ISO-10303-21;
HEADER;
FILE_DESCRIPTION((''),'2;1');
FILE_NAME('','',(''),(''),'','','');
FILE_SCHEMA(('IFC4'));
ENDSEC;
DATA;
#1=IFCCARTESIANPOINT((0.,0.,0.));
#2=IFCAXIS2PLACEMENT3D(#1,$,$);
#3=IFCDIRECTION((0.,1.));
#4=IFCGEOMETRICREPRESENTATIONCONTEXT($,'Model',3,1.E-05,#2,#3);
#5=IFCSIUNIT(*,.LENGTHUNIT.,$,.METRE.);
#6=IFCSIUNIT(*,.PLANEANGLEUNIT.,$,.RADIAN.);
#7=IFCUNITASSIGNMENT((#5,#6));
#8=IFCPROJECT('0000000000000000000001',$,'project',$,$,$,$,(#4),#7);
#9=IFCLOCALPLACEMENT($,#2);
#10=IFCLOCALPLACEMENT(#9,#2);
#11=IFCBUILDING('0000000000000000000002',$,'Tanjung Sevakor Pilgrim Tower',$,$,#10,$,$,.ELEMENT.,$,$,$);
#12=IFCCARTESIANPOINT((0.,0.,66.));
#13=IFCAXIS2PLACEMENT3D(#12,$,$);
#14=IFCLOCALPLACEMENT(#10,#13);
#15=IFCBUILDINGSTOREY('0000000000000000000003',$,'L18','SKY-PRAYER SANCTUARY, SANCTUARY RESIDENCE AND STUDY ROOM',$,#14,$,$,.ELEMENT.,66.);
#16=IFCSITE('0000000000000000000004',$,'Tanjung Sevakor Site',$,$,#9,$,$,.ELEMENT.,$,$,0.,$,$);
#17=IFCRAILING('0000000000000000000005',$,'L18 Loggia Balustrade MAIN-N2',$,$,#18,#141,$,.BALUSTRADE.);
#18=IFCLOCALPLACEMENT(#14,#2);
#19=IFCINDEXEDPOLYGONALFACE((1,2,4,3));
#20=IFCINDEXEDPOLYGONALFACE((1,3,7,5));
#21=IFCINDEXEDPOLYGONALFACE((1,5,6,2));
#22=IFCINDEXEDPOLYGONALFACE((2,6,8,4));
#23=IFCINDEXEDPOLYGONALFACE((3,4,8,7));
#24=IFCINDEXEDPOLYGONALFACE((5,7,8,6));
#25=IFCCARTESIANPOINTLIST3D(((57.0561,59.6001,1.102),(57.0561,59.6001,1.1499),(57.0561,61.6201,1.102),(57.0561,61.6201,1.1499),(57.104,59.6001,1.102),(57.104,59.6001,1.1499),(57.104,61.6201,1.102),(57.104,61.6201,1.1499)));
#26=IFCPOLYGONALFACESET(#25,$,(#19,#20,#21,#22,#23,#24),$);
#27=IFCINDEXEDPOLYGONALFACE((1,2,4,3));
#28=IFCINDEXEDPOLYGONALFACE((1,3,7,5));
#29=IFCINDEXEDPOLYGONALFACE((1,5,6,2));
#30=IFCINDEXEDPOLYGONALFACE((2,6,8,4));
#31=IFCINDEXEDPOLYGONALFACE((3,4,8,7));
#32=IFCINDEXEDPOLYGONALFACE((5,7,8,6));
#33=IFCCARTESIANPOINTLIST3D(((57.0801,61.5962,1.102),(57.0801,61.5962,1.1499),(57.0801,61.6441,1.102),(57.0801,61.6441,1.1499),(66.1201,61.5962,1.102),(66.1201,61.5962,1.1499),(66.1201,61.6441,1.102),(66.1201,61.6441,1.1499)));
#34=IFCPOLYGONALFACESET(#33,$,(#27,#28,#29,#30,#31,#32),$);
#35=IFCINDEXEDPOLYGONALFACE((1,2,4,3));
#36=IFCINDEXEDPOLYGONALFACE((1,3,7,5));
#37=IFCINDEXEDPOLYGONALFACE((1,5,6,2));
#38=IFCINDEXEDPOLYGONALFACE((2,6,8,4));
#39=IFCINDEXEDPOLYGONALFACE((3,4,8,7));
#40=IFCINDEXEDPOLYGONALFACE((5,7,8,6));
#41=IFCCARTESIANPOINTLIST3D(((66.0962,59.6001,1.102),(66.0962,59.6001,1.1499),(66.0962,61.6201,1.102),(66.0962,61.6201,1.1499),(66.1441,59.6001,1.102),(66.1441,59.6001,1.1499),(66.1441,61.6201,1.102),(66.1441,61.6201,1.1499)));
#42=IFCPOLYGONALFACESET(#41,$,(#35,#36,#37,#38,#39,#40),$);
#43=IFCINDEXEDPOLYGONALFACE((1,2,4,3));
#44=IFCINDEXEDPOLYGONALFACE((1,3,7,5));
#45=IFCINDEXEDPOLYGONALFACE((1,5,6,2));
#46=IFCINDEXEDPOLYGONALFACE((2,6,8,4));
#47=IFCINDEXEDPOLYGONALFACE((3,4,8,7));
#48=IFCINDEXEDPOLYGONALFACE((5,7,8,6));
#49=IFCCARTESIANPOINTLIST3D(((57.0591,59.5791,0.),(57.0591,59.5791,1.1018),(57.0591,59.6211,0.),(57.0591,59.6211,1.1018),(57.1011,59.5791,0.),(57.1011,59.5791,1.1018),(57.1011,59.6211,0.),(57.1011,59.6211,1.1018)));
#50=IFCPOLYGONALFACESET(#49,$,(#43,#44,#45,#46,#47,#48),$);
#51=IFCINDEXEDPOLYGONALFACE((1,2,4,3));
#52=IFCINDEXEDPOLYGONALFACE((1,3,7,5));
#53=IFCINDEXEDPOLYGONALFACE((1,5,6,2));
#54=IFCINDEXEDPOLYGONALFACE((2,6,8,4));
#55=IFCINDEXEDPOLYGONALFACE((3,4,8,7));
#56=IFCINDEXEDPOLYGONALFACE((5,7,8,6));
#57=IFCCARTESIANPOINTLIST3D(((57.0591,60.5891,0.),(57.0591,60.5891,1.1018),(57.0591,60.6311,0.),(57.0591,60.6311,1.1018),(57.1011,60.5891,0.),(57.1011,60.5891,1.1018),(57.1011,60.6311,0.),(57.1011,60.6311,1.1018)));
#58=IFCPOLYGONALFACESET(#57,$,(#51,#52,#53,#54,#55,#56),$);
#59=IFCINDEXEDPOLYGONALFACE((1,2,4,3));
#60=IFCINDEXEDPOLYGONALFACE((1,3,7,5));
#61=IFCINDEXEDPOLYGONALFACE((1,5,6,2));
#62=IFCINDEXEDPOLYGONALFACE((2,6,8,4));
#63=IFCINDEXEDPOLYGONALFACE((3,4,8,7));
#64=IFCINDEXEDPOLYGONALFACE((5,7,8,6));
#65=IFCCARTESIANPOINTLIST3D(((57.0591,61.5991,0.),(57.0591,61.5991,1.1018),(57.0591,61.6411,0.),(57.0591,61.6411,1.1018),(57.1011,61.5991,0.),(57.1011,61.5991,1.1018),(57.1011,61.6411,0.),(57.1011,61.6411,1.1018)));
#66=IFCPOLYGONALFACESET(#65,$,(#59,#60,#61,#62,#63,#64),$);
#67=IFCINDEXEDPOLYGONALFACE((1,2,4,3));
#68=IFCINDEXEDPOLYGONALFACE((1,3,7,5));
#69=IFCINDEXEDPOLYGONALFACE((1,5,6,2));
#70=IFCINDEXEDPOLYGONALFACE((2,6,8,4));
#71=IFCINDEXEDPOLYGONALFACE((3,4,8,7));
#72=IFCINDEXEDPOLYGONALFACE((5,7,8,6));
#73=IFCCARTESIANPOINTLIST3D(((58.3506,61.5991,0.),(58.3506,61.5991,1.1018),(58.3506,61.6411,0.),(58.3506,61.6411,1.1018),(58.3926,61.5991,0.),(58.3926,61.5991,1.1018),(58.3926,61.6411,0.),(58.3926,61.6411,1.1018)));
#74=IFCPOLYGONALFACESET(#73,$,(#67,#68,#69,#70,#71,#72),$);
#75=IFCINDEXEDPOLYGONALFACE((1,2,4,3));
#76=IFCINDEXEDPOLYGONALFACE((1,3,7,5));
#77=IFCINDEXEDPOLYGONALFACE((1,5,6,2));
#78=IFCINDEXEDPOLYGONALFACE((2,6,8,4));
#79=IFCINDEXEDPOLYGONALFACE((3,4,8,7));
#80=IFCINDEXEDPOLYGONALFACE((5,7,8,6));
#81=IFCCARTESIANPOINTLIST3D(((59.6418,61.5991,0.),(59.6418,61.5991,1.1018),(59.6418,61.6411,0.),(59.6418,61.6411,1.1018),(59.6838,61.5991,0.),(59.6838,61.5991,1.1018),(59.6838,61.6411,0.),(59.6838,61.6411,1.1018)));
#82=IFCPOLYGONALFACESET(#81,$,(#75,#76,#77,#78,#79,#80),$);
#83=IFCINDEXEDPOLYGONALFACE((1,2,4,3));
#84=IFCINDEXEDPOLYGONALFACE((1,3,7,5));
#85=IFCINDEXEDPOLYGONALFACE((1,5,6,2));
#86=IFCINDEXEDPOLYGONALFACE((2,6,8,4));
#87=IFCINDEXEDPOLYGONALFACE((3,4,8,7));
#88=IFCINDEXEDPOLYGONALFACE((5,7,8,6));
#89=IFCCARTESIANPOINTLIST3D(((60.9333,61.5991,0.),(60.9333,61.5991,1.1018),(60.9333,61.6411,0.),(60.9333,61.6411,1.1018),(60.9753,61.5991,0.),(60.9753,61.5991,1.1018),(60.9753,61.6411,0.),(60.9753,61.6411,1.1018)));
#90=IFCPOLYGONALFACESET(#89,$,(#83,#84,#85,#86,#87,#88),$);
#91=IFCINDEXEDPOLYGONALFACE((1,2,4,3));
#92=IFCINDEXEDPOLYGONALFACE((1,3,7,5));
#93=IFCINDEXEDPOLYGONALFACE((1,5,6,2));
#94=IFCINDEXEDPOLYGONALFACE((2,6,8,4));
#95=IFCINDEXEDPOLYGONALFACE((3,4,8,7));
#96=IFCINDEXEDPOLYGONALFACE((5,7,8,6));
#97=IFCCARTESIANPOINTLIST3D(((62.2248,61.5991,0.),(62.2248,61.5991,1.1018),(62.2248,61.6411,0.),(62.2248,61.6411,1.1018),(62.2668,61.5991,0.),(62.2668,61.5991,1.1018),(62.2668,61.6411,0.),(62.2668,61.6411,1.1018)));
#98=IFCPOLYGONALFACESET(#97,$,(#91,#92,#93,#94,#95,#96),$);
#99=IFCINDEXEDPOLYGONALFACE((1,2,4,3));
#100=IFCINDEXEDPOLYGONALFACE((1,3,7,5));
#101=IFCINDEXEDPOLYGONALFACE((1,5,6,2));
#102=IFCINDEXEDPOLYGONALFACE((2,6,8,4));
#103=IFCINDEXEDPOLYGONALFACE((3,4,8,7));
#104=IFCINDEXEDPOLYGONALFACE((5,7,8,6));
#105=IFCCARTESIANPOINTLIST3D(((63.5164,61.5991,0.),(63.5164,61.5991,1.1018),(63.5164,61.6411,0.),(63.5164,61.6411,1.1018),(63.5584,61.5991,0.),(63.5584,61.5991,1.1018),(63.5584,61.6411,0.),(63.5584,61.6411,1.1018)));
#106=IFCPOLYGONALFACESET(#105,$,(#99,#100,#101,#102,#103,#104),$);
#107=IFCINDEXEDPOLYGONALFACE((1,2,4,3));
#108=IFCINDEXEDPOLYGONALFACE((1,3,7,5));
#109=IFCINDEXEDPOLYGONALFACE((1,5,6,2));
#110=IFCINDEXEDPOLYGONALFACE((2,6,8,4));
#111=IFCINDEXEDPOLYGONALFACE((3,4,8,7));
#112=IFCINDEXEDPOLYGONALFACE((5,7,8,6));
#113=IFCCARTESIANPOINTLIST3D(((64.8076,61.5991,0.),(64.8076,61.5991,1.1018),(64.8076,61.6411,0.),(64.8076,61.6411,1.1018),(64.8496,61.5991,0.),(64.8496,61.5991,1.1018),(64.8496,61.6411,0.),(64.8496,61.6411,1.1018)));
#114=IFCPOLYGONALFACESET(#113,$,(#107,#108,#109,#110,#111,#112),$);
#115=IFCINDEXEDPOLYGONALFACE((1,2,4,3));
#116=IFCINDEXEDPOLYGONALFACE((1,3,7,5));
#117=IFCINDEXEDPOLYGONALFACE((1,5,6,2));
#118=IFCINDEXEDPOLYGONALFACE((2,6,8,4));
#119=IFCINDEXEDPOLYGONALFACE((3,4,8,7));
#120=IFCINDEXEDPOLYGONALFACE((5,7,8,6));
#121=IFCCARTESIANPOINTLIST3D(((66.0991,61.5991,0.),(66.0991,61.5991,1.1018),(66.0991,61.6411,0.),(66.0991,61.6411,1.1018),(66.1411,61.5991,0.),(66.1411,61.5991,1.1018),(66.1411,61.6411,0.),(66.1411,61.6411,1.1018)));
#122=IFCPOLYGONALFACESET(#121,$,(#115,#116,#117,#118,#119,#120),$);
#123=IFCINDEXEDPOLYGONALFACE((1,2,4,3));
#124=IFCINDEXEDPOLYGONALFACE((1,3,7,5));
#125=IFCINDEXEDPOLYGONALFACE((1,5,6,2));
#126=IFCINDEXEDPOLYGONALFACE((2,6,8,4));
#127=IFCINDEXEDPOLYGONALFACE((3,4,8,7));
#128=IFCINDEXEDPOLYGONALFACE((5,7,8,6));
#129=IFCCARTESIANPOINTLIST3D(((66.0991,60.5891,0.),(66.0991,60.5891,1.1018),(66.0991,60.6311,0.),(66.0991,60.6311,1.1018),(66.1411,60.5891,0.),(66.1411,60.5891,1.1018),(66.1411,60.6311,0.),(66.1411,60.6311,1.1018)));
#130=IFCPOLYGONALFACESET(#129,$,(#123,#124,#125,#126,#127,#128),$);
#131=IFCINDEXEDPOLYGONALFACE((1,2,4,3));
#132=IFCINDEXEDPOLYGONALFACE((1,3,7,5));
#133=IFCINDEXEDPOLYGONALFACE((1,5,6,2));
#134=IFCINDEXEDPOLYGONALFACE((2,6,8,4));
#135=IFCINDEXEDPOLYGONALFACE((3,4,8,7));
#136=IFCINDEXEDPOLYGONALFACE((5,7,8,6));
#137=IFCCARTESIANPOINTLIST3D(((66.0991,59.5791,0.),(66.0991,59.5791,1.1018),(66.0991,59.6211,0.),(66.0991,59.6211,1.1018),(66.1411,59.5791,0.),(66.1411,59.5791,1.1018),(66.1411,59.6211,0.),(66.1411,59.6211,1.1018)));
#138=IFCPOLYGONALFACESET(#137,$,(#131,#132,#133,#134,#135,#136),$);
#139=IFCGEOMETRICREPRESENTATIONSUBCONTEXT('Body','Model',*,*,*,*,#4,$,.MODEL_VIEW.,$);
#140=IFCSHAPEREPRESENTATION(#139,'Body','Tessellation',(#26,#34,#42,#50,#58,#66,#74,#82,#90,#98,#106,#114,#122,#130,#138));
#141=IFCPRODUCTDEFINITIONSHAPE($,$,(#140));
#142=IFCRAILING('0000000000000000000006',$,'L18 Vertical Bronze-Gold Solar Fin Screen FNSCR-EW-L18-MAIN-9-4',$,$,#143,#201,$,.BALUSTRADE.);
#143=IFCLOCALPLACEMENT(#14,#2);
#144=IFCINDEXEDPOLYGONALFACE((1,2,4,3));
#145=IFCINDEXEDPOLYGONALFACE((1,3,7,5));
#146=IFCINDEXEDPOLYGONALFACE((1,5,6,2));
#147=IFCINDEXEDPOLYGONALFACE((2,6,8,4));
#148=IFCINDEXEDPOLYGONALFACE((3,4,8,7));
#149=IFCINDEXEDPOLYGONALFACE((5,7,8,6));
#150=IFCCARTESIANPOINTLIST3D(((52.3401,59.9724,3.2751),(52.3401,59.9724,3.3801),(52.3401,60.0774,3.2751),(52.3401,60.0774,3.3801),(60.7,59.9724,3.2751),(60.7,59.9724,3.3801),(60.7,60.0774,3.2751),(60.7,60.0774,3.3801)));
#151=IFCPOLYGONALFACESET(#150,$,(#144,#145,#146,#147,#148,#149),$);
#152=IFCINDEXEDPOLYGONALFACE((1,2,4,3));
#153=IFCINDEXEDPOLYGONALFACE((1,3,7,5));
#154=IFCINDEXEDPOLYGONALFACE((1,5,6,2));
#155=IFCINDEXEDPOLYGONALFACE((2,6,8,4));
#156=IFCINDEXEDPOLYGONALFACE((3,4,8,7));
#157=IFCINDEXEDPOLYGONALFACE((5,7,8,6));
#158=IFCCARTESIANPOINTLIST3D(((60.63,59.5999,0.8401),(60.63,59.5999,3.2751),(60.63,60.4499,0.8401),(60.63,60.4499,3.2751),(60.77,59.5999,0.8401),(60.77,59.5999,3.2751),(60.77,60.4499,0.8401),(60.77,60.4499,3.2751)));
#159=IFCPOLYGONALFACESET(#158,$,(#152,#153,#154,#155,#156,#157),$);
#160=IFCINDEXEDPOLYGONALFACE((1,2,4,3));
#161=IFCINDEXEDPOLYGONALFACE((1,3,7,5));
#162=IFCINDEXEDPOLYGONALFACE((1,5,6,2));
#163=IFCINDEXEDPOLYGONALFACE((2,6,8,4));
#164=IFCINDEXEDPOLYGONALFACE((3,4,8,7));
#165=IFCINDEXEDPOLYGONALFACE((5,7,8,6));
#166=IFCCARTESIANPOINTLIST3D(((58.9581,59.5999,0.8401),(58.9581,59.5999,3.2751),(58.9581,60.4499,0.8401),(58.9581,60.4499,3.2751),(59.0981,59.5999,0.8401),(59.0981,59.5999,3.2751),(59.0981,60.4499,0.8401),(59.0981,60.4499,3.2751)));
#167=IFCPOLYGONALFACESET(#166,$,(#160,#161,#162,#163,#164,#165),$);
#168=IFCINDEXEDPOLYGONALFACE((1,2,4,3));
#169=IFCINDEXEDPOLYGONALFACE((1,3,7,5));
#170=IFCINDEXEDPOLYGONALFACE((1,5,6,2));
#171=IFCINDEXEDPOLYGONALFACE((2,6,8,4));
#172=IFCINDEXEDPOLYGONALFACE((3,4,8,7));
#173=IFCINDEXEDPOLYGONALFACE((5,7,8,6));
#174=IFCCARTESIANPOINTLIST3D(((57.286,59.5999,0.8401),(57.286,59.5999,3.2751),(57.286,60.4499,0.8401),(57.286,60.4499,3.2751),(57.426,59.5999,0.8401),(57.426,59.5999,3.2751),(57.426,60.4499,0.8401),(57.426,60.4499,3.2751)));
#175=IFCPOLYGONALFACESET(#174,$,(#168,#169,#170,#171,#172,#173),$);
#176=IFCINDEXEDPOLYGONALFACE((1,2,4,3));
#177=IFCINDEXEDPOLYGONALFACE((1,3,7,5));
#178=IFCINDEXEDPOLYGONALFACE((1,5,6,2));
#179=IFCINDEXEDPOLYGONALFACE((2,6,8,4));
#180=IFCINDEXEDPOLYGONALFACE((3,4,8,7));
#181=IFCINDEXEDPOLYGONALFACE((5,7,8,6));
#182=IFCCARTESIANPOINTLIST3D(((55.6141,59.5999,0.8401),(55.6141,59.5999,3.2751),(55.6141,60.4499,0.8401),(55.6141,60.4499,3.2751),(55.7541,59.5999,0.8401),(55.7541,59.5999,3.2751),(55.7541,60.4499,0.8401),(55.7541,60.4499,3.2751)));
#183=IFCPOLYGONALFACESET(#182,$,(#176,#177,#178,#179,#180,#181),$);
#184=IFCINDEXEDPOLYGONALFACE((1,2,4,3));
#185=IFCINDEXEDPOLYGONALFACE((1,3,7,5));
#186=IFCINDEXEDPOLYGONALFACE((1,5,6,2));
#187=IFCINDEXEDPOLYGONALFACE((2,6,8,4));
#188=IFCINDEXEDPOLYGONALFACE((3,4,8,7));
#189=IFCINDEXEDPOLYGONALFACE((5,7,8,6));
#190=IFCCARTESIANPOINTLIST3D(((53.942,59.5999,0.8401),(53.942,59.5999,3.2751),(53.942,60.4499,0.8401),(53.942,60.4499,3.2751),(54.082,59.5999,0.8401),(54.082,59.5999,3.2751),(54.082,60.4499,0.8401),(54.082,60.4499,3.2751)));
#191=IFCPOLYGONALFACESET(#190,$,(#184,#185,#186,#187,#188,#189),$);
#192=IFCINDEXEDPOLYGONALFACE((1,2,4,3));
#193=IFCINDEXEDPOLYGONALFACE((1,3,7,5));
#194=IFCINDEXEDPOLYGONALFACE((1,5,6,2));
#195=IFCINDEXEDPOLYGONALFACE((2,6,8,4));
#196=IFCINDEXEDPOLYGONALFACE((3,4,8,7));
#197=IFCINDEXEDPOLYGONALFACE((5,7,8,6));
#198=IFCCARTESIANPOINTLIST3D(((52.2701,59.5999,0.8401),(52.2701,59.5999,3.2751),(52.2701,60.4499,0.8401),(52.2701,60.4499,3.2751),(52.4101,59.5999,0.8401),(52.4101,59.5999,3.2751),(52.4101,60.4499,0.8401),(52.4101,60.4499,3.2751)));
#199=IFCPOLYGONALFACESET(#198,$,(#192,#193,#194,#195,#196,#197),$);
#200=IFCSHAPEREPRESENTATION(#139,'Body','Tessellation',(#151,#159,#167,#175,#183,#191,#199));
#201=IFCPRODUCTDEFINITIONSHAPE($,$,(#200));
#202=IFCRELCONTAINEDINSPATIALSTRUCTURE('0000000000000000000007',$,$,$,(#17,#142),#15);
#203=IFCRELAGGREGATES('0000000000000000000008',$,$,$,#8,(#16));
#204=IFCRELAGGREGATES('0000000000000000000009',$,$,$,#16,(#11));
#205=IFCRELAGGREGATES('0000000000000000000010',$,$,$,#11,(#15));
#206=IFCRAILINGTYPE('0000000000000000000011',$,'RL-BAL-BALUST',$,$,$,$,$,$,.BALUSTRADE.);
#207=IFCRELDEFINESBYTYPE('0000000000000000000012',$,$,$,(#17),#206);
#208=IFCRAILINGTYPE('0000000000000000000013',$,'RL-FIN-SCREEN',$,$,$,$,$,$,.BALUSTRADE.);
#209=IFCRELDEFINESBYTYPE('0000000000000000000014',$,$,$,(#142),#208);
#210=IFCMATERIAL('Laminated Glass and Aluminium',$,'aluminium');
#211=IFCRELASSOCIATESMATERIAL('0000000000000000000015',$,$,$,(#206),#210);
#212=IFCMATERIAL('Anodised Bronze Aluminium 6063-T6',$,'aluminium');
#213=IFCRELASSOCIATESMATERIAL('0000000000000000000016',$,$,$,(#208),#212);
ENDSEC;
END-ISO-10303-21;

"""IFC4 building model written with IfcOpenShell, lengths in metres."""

from ifc_helpers import new_model, si_unit, direction, frame, origin, place, context, subcontext, project, spatial, rectangle, extrude, material, type_object, element, save


model = new_model("IFC4")

# Units and contexts
model_context = context("Model", 3, precision=1e-05, world=origin(), true_north=direction((0.0, 1.0)))
body_context = subcontext(model_context, "Body", "Model", "MODEL_VIEW")
ifc_project = project(units=[si_unit("LENGTHUNIT", "METRE"), si_unit("PLANEANGLEUNIT", "RADIAN")], contexts=[model_context])

# Site, building, storey
site_placement = place(None, origin())
site = spatial("IfcSite", under=ifc_project, at=site_placement, Name="Tanjung Sevakor Site", CompositionType="ELEMENT", RefElevation=0.0)
building_placement = place(site_placement, origin())
building = spatial("IfcBuilding", under=site, at=building_placement, Name="Tanjung Sevakor Pilgrim Tower", CompositionType="ELEMENT")
storey_placement = place(building_placement, frame((0.0, 0.0, 66.0)))
storey = spatial("IfcBuildingStorey", under=building, at=storey_placement, Name="L18", Description="SKY-PRAYER SANCTUARY, SANCTUARY RESIDENCE AND STUDY ROOM", CompositionType="ELEMENT", Elevation=66.0)

# Railings
ifc_material_1 = material(Name="Laminated Glass and Aluminium", Category="aluminium")
railing_type_1 = type_object("IfcRailingType", Name="RL-BAL-BALUST", PredefinedType="BALUSTRADE", material=ifc_material_1)
railing_1_placement = place(storey_placement, frame((57.0801, 59.6001, 0.0)))
element("IfcRailing", 1, at=railing_1_placement, inside=storey, type_object=railing_type_1, Name="L18 Loggia Balustrade MAIN-N2", PredefinedType="BALUSTRADE", context=body_context, shape_type="SweptSolid", body=[
    extrude(rectangle(XDim=0.0479, YDim=0.0479), frame((0.0, 0.0, 1.126), z_axis=(0.0, 1.0, 0.0), x_axis=(-1.0, 0.0, 0.0)), (0.0, 0.0, 1.0), 2.02),
    extrude(rectangle(XDim=0.0479, YDim=0.0479), frame((0.0, 2.02, 1.126), z_axis=(1.0, 0.0, 0.0), x_axis=(0.0, 1.0, 0.0)), (0.0, 0.0, 1.0), 9.04),
    extrude(rectangle(XDim=0.0479, YDim=0.0479), frame((9.04, 2.02, 1.126), z_axis=(0.0, -1.0, 0.0), x_axis=(1.0, 0.0, 0.0)), (0.0, 0.0, 1.0), 2.02),
    extrude(rectangle(XDim=0.042, YDim=0.042), origin(), (0.0, 0.0, 1.0), 1.1018),
    extrude(rectangle(XDim=0.042, YDim=0.042), frame((0.0, 1.01, 0.0)), (0.0, 0.0, 1.0), 1.1018),
    extrude(rectangle(XDim=0.042, YDim=0.042), frame((0.0, 2.02, 0.0)), (0.0, 0.0, 1.0), 1.1018),
    extrude(rectangle(XDim=0.042, YDim=0.042), frame((1.2915, 2.02, 0.0)), (0.0, 0.0, 1.0), 1.1018),
    extrude(rectangle(XDim=0.042, YDim=0.042), frame((2.5828, 2.02, 0.0)), (0.0, 0.0, 1.0), 1.1018),
    extrude(rectangle(XDim=0.042, YDim=0.042), frame((3.8743, 2.02, 0.0)), (0.0, 0.0, 1.0), 1.1018),
    extrude(rectangle(XDim=0.042, YDim=0.042), frame((5.1658, 2.02, 0.0)), (0.0, 0.0, 1.0), 1.1018),
    extrude(rectangle(XDim=0.042, YDim=0.042), frame((6.4573, 2.02, 0.0)), (0.0, 0.0, 1.0), 1.1018),
    extrude(rectangle(XDim=0.042, YDim=0.042), frame((7.7485, 2.02, 0.0)), (0.0, 0.0, 1.0), 1.1018),
    extrude(rectangle(XDim=0.042, YDim=0.042), frame((9.04, 2.02, 0.0)), (0.0, 0.0, 1.0), 1.1018),
    extrude(rectangle(XDim=0.042, YDim=0.042), frame((9.04, 1.01, 0.0)), (0.0, 0.0, 1.0), 1.1018),
    extrude(rectangle(XDim=0.042, YDim=0.042), frame((9.04, 0.0, 0.0)), (0.0, 0.0, 1.0), 1.1018),
])
ifc_material_2 = material(Name="Anodised Bronze Aluminium 6063-T6", Category="aluminium")
railing_type_2 = type_object("IfcRailingType", Name="RL-FIN-SCREEN", PredefinedType="BALUSTRADE", material=ifc_material_2)
railing_2_placement = place(storey_placement, frame((60.7, 60.0249, 0.8401)))
element("IfcRailing", 2, at=railing_2_placement, inside=storey, type_object=railing_type_2, Name="L18 Vertical Bronze-Gold Solar Fin Screen FNSCR-EW-L18-MAIN-9-4", PredefinedType="BALUSTRADE", context=body_context, shape_type="SweptSolid", body=[
    extrude(rectangle(XDim=0.105, YDim=0.105), frame((0.0, 0.0, 2.4875), z_axis=(-1.0, 0.0, 0.0), x_axis=(0.0, -1.0, 0.0)), (0.0, 0.0, 1.0), 8.3599),
    extrude(rectangle(XDim=0.14, YDim=0.85), origin(), (0.0, 0.0, 1.0), 2.4351),
    extrude(rectangle(XDim=0.14, YDim=0.85), frame((-1.6719, 0.0, 0.0)), (0.0, 0.0, 1.0), 2.4351),
    extrude(rectangle(XDim=0.14, YDim=0.85), frame((-3.344, 0.0, 0.0)), (0.0, 0.0, 1.0), 2.4351),
    extrude(rectangle(XDim=0.14, YDim=0.85), frame((-5.0159, 0.0, 0.0)), (0.0, 0.0, 1.0), 2.4351),
    extrude(rectangle(XDim=0.14, YDim=0.85), frame((-6.688, 0.0, 0.0)), (0.0, 0.0, 1.0), 2.4351),
    extrude(rectangle(XDim=0.14, YDim=0.85), frame((-8.3599, 0.0, 0.0)), (0.0, 0.0, 1.0), 2.4351),
])

save(model, "model.ifc")
